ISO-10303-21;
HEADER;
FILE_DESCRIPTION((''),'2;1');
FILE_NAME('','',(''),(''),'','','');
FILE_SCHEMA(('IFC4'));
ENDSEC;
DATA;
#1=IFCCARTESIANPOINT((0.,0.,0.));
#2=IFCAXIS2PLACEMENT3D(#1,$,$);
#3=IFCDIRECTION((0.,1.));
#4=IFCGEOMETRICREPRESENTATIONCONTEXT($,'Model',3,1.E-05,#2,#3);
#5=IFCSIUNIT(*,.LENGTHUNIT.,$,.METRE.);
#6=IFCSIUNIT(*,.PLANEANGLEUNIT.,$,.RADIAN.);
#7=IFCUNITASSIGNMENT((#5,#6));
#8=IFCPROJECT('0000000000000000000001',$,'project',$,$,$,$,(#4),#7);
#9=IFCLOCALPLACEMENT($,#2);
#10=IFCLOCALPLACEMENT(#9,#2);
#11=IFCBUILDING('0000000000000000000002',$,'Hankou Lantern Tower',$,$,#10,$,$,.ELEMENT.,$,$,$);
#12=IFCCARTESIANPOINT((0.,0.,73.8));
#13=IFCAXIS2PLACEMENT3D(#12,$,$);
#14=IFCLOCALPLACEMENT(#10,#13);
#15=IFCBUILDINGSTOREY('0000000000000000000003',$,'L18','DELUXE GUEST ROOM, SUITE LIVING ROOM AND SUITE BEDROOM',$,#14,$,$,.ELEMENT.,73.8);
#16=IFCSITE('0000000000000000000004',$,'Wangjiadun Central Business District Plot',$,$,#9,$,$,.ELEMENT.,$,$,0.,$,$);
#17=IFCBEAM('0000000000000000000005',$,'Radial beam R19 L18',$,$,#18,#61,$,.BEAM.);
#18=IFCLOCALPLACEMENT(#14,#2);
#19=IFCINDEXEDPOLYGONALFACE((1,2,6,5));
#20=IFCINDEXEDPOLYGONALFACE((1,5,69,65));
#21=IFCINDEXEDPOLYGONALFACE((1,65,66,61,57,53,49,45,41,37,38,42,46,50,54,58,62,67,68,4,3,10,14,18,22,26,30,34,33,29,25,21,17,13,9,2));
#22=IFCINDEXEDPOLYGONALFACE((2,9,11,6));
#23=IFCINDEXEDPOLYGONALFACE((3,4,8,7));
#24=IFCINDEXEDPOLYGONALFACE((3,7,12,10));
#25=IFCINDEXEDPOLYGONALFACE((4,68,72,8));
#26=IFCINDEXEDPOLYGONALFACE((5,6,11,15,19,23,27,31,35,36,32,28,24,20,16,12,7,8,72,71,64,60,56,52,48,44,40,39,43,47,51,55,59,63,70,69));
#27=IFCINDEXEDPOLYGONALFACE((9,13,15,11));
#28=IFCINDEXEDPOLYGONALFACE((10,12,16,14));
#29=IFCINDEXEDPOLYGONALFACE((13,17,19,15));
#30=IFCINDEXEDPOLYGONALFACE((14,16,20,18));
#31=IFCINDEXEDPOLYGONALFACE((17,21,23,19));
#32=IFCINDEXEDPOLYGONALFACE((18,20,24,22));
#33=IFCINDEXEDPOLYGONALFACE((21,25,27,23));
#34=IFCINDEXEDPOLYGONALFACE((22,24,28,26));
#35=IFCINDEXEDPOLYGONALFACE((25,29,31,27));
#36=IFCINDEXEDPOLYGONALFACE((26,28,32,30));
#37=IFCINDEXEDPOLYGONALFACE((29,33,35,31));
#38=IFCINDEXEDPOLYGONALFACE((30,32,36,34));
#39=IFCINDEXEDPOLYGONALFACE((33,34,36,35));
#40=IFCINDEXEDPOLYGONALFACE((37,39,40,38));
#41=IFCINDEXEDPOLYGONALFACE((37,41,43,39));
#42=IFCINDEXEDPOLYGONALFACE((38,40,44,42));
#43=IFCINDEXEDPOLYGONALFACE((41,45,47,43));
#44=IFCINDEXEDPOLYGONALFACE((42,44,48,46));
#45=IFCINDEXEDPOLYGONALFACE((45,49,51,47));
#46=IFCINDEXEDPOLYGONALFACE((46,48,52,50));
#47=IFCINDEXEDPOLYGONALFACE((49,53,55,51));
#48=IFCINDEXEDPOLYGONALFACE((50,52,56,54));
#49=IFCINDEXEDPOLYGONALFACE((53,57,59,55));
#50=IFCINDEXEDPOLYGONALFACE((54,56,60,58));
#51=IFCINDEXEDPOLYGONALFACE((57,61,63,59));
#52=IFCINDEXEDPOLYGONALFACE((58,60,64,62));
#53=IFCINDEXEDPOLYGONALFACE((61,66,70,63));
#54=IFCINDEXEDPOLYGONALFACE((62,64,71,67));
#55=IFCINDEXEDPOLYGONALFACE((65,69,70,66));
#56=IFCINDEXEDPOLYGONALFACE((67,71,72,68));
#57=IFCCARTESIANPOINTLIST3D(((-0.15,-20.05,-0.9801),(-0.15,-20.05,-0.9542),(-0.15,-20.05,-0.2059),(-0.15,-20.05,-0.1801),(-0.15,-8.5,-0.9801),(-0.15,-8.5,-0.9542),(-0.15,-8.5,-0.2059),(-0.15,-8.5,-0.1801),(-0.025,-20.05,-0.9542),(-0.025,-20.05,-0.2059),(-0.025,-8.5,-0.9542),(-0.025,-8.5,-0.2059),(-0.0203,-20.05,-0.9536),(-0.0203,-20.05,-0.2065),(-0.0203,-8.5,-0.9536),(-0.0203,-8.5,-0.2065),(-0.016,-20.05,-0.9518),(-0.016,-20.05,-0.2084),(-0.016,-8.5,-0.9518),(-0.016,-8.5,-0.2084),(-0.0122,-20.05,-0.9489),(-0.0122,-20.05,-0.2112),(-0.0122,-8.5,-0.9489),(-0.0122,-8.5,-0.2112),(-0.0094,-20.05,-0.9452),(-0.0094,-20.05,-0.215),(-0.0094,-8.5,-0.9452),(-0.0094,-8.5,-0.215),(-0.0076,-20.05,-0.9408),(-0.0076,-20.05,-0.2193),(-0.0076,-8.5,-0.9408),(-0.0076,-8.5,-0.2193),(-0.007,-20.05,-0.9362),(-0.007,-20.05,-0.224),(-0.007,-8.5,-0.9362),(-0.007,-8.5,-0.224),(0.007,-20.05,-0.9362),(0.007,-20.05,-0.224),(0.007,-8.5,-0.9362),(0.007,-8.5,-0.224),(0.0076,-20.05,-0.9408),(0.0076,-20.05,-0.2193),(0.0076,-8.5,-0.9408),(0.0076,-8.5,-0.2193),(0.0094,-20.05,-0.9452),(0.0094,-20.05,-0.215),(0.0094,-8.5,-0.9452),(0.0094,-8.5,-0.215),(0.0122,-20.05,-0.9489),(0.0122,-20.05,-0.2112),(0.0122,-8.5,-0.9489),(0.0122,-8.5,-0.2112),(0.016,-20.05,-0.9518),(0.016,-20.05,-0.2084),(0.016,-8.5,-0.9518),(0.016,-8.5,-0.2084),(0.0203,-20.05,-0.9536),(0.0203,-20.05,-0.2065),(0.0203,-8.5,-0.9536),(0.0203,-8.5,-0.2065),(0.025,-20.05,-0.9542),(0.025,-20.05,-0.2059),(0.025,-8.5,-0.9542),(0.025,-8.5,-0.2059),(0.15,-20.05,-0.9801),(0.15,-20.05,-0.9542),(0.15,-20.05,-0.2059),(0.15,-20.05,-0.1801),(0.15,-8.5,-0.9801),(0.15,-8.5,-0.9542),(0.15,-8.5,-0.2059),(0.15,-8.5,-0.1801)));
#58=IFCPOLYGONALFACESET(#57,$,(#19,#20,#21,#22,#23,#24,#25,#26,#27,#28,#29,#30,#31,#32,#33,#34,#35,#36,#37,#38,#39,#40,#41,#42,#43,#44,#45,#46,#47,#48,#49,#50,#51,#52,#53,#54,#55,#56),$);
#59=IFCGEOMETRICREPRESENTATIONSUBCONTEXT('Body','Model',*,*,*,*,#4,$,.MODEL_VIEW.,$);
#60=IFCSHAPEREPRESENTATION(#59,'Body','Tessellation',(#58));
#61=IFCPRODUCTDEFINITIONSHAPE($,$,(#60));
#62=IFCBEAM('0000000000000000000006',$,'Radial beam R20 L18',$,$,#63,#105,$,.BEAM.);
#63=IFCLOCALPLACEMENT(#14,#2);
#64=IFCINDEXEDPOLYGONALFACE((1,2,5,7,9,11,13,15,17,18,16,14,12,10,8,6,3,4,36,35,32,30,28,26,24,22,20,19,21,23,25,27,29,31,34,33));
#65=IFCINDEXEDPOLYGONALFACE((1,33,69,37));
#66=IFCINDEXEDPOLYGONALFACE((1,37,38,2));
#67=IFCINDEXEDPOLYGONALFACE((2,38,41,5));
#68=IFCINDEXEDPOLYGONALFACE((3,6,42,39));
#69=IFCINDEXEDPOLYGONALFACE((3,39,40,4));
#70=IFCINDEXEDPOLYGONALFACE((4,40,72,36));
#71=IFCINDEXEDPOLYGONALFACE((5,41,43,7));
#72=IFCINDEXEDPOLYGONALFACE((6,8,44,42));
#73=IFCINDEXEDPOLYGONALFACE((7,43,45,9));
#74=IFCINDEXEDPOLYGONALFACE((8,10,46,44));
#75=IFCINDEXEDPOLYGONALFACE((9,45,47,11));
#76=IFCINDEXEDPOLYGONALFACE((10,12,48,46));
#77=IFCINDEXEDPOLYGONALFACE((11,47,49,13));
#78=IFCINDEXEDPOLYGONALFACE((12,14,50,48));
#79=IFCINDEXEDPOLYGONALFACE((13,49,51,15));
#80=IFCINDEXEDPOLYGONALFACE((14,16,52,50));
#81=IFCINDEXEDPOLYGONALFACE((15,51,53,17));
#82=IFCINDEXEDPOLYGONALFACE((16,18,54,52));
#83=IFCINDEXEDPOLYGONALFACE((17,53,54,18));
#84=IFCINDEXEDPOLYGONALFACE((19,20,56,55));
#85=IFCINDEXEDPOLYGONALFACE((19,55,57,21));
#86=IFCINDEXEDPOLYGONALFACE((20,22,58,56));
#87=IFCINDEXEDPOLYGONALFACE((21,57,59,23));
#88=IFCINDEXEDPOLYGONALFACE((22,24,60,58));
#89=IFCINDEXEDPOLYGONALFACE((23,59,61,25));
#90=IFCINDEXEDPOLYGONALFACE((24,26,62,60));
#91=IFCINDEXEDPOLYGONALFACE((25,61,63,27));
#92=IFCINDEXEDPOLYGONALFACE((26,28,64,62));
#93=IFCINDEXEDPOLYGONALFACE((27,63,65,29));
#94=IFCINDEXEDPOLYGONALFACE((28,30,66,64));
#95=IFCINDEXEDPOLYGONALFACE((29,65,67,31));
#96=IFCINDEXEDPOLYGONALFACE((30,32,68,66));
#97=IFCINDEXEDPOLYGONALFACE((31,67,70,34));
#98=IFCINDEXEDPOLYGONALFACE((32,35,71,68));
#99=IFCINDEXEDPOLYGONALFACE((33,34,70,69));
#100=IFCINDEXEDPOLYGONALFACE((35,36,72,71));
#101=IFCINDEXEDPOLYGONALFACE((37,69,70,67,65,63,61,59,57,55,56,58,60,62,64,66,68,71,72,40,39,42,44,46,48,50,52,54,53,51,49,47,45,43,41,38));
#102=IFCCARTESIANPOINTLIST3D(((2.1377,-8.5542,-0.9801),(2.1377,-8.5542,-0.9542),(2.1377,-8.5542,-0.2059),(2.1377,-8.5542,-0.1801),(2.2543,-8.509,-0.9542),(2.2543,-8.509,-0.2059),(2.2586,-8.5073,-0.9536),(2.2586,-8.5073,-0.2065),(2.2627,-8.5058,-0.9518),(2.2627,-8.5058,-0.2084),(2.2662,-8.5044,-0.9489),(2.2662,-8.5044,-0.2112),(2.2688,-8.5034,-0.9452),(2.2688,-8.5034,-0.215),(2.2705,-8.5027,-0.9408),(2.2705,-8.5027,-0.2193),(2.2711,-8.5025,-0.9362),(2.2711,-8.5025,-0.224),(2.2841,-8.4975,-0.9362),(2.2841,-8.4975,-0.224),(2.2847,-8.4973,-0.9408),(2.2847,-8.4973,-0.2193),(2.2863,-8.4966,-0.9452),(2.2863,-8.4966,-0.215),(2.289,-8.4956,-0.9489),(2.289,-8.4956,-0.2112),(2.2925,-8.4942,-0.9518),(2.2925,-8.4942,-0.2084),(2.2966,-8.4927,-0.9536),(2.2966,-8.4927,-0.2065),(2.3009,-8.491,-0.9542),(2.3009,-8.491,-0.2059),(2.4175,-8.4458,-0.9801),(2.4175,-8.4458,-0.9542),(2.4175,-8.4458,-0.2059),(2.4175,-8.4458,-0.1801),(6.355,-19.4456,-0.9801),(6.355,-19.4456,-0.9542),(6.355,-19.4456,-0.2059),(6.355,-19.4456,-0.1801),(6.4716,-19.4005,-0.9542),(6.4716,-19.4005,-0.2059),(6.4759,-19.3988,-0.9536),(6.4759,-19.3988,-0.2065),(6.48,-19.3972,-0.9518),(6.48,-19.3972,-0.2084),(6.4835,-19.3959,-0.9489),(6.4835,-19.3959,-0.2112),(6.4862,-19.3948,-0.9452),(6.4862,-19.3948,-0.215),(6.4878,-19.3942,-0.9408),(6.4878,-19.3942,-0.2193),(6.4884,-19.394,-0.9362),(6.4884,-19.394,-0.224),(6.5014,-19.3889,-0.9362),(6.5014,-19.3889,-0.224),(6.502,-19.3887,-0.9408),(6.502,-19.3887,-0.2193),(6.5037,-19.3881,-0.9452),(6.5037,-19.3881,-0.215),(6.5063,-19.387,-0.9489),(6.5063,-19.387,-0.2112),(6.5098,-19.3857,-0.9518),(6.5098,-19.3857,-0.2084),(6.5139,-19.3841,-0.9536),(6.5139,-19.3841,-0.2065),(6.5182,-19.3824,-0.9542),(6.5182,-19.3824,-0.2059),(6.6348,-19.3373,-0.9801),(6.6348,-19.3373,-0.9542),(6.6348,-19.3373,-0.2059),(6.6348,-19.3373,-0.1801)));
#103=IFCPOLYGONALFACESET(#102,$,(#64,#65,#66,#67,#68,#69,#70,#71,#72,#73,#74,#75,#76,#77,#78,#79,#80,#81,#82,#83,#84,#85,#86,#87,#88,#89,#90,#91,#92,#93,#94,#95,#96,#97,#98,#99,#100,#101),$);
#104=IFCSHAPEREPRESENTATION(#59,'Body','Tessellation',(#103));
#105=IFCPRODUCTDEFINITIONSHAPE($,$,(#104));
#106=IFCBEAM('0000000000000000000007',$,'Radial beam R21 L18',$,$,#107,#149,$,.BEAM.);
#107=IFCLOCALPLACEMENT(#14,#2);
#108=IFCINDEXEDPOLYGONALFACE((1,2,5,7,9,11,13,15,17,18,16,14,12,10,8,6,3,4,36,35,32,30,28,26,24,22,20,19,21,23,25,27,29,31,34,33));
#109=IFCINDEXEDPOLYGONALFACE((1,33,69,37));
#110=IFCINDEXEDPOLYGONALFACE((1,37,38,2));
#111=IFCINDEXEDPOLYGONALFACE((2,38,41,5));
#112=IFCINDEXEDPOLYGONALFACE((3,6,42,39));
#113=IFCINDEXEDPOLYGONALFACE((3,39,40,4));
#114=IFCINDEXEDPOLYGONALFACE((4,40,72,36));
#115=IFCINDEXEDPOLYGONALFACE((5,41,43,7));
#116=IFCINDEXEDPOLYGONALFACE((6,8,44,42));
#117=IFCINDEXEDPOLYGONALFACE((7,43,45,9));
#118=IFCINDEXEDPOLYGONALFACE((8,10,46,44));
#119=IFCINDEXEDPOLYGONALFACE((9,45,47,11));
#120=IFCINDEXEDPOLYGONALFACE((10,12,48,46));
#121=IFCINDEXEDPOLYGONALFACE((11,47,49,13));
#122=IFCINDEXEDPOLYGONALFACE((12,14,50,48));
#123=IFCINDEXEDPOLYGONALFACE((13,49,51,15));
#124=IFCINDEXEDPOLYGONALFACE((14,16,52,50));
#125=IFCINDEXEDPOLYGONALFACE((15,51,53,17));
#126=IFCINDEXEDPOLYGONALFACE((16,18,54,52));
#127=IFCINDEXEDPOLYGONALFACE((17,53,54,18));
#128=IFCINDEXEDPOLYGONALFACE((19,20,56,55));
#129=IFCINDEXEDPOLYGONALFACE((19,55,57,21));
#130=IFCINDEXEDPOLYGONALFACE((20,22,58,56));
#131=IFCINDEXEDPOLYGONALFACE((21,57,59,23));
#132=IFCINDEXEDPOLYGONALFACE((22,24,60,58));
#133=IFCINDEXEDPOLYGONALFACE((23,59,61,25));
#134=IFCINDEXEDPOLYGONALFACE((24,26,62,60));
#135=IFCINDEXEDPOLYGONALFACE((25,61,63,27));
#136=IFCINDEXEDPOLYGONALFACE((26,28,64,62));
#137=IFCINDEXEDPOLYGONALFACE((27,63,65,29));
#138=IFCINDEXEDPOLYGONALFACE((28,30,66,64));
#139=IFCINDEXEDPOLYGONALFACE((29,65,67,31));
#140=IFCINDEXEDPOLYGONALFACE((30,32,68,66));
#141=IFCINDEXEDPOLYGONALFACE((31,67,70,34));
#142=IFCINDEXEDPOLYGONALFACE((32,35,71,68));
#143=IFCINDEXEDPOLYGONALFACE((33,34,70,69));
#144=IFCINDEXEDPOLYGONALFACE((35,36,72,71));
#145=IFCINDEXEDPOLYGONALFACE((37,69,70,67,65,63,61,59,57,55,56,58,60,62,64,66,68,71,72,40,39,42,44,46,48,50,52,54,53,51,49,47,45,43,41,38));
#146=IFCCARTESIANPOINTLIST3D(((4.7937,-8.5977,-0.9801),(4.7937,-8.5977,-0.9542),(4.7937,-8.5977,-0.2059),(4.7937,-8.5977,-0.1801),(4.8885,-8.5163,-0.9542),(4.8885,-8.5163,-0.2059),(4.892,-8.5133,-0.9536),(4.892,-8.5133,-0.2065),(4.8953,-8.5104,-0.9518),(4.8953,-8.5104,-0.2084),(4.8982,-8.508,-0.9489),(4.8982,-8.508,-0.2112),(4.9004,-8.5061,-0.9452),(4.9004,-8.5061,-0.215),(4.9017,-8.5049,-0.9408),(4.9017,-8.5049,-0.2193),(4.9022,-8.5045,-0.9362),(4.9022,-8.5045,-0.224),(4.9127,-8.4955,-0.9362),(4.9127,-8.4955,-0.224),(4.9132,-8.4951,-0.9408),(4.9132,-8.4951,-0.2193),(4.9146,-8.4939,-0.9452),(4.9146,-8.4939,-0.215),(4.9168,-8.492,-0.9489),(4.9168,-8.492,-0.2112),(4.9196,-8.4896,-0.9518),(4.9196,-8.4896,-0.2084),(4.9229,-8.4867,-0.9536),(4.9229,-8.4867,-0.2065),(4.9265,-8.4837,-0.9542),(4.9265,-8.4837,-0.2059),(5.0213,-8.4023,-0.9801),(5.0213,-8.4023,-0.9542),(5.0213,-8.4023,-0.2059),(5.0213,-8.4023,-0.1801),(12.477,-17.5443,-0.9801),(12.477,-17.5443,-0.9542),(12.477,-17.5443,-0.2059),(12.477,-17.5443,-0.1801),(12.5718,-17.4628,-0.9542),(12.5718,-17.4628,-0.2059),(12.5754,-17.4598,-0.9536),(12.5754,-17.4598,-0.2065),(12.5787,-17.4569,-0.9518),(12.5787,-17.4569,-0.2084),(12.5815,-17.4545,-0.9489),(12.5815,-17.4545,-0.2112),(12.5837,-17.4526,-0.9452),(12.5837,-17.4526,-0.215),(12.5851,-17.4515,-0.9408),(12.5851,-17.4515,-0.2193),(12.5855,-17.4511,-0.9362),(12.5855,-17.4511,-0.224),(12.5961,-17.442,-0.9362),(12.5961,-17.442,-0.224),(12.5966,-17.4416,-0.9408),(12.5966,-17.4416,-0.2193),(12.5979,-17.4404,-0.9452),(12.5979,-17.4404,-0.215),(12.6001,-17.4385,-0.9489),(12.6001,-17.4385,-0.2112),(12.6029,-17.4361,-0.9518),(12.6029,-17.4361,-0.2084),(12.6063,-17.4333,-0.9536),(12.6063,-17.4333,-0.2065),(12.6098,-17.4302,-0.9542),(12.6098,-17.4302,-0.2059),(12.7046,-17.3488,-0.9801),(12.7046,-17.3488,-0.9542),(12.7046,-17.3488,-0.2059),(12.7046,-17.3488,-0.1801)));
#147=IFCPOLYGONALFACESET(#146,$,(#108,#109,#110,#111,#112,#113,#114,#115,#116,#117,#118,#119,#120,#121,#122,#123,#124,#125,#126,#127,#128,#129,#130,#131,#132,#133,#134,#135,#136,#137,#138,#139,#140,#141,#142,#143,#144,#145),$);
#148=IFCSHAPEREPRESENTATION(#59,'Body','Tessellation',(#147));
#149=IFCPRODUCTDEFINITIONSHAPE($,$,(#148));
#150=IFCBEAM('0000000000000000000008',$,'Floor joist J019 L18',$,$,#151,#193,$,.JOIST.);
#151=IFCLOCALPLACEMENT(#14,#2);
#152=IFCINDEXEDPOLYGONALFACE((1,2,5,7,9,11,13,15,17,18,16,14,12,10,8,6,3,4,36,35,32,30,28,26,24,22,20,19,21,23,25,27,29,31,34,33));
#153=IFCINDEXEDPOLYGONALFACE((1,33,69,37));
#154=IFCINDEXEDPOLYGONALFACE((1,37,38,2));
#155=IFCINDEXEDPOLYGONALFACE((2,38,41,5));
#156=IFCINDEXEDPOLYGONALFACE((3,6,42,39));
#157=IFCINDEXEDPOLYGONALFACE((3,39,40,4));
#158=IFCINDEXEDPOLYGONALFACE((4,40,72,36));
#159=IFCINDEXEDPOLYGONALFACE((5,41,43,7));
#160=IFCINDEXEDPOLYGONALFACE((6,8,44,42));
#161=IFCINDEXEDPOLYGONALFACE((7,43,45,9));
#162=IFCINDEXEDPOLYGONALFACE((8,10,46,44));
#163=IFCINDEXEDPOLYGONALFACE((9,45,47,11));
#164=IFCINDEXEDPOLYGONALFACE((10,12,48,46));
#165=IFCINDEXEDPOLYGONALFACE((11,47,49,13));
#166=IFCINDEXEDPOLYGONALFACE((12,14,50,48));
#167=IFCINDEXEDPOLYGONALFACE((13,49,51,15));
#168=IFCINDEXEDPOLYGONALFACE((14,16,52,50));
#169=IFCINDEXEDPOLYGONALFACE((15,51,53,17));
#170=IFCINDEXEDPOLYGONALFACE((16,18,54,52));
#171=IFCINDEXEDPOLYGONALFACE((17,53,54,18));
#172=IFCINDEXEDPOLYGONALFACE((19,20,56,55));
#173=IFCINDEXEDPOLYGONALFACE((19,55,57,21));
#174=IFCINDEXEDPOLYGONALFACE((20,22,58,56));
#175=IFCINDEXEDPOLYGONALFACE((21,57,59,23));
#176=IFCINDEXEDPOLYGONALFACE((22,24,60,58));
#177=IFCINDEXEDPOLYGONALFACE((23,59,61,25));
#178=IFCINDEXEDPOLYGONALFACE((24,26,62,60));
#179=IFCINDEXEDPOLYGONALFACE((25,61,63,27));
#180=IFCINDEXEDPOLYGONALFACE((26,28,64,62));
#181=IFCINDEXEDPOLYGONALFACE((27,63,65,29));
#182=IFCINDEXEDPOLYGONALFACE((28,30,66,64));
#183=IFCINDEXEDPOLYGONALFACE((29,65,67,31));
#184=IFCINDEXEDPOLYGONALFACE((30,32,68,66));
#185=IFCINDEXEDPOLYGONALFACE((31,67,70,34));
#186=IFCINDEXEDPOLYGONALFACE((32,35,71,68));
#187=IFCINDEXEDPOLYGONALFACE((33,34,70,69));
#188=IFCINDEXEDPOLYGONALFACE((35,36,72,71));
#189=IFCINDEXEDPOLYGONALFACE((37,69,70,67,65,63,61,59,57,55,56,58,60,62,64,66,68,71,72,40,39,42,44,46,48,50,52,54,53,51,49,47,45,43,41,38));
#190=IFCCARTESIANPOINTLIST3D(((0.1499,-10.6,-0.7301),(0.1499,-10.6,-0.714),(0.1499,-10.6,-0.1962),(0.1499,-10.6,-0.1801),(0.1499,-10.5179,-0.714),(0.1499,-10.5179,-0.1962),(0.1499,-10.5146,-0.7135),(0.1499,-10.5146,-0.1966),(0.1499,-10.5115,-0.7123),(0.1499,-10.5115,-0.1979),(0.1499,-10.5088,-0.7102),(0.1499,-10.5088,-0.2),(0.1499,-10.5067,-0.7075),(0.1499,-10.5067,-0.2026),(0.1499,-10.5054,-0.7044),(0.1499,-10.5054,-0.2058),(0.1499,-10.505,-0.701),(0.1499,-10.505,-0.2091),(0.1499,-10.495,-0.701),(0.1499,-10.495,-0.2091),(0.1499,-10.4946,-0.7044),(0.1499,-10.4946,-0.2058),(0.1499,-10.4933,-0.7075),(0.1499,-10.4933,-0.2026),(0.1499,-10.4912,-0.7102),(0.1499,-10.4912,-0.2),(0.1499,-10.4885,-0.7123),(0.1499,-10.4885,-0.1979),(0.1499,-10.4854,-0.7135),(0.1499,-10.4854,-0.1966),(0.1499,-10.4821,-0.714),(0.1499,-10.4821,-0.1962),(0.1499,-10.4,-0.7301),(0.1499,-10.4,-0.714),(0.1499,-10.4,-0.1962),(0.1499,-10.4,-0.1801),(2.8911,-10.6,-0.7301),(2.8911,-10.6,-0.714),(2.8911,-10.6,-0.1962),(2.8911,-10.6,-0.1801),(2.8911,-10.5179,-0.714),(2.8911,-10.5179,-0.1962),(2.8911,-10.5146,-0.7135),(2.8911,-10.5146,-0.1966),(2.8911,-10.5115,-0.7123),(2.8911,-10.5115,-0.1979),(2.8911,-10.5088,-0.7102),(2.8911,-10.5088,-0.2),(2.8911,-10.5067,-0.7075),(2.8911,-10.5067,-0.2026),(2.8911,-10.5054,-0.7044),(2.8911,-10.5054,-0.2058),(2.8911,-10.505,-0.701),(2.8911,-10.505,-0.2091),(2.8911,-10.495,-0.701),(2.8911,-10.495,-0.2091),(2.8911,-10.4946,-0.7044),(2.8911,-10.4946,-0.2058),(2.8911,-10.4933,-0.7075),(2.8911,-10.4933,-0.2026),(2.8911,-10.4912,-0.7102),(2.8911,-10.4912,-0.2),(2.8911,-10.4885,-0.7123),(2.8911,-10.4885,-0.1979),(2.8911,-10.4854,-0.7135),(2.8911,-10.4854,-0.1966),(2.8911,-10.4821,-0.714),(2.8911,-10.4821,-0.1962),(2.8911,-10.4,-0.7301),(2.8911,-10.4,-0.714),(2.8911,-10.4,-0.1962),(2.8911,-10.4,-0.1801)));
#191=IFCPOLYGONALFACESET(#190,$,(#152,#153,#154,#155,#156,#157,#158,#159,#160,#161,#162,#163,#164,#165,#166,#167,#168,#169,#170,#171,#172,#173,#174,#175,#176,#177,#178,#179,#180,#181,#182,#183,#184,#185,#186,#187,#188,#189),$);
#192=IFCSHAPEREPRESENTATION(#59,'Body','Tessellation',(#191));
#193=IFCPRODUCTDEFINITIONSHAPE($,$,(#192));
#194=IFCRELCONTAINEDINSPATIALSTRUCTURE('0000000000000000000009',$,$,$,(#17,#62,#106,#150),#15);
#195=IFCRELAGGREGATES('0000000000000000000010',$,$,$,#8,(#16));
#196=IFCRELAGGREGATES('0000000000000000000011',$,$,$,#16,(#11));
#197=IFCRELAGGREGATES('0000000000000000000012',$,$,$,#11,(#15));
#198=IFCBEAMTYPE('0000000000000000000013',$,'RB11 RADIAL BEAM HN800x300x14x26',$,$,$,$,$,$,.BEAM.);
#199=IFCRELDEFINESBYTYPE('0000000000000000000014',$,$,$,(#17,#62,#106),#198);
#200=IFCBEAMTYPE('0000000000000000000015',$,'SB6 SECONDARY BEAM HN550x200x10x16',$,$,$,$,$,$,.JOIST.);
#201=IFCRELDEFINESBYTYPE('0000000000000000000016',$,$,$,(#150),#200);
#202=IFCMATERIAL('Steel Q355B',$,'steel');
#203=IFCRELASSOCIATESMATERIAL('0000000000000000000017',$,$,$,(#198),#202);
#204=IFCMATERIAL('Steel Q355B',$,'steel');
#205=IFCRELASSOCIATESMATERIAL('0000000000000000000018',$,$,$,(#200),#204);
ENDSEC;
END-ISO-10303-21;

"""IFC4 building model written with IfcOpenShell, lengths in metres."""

from ifc_helpers import new_model, si_unit, direction, frame, origin, origin_2d, place, context, subcontext, project, spatial, i_section, extrude, material, material_profile, profile_set, type_object, element, save


model = new_model("IFC4")

# Units and contexts
model_context = context("Model", 3, precision=1e-05, world=origin(), true_north=direction((0.0, 1.0)))
body_context = subcontext(model_context, "Body", "Model", "MODEL_VIEW")
ifc_project = project(units=[si_unit("LENGTHUNIT", "METRE"), si_unit("PLANEANGLEUNIT", "RADIAN")], contexts=[model_context])

# Site, building, storey
site_placement = place(None, origin())
site = spatial("IfcSite", under=ifc_project, at=site_placement, Name="Wangjiadun Central Business District Plot", CompositionType="ELEMENT", RefElevation=0.0)
building_placement = place(site_placement, origin())
building = spatial("IfcBuilding", under=site, at=building_placement, Name="Hankou Lantern Tower", CompositionType="ELEMENT")
storey_placement = place(building_placement, frame((0.0, 0.0, 73.8)))
storey = spatial("IfcBuildingStorey", under=building, at=storey_placement, Name="L18", Description="DELUXE GUEST ROOM, SUITE LIVING ROOM AND SUITE BEDROOM", CompositionType="ELEMENT", Elevation=73.8)

# Beams
ifc_material_1 = material(Name="Steel Q355B", Category="steel")
ifc_material_profile_1 = material_profile(ifc_material_1, i_section(OverallWidth=0.3, OverallDepth=0.8, WebThickness=0.0139, FlangeThickness=0.0259, FilletRadius=0.0181, at=origin_2d()), Name="HN800x300x14x26")
ifc_profile_set_1 = profile_set([ifc_material_profile_1], Name="Steel Q355B")
beam_type_1 = type_object("IfcBeamType", Name="RB11 RADIAL BEAM HN800x300x14x26", PredefinedType="BEAM", material=ifc_profile_set_1)
beam_1_placement = place(storey_placement, frame((0.0, -8.5, -0.5801), z_axis=(0.0, -1.0, 0.0), x_axis=(1.0, 0.0, 0.0)))
element("IfcBeam", 1, at=beam_1_placement, inside=storey, type_object=beam_type_1, Name="Radial beam R19 L18", PredefinedType="BEAM", context=body_context, shape_type="SweptSolid", body=[
    extrude(i_section(OverallWidth=0.3, OverallDepth=0.8, WebThickness=0.0139, FlangeThickness=0.0259, FilletRadius=0.0181, at=origin_2d()), origin(), (0.0, 0.0, 1.0), 11.55),
])
beam_2_placement = place(storey_placement, frame((2.2776, -8.5, -0.5801), z_axis=(0.361089, -0.932531, 0.0), x_axis=(0.932531, 0.361089, 0.0)))
element("IfcBeam", 2, at=beam_2_placement, inside=storey, type_object=beam_type_1, Name="Radial beam R20 L18", PredefinedType="BEAM", context=body_context, shape_type="SweptSolid", body=[
    extrude(i_section(OverallWidth=0.3, OverallDepth=0.8, WebThickness=0.0139, FlangeThickness=0.0259, FilletRadius=0.0181, at=origin_2d()), origin(), (0.0, 0.0, 1.0), 11.6794),
])
beam_3_placement = place(storey_placement, frame((4.9075, -8.5, -0.5801), z_axis=(0.651519, -0.758632, 0.0), x_axis=(0.758632, 0.651519, 0.0)))
element("IfcBeam", 3, at=beam_3_placement, inside=storey, type_object=beam_type_1, Name="Radial beam R21 L18", PredefinedType="BEAM", context=body_context, shape_type="SweptSolid", body=[
    extrude(i_section(OverallWidth=0.3, OverallDepth=0.8, WebThickness=0.0139, FlangeThickness=0.0259, FilletRadius=0.0181, at=origin_2d()), origin(), (0.0, 0.0, 1.0), 11.793),
])
ifc_material_2 = material(Name="Steel Q355B", Category="steel")
ifc_material_profile_2 = material_profile(ifc_material_2, i_section(OverallWidth=0.2, OverallDepth=0.55, WebThickness=0.01, FlangeThickness=0.0161, FilletRadius=0.0129, at=origin_2d()), Name="HN550x200x10x16")
ifc_profile_set_2 = profile_set([ifc_material_profile_2], Name="Steel Q355B")
beam_type_2 = type_object("IfcBeamType", Name="SB6 SECONDARY BEAM HN550x200x10x16", PredefinedType="JOIST", material=ifc_profile_set_2)
beam_4_placement = place(storey_placement, frame((0.1499, -10.5, -0.4551), z_axis=(1.0, 0.0, 0.0), x_axis=(0.0, 1.0, 0.0)))
element("IfcBeam", 4, at=beam_4_placement, inside=storey, type_object=beam_type_2, Name="Floor joist J019 L18", PredefinedType="JOIST", context=body_context, shape_type="SweptSolid", body=[
    extrude(i_section(OverallWidth=0.2, OverallDepth=0.55, WebThickness=0.01, FlangeThickness=0.0161, FilletRadius=0.0129, at=origin_2d()), origin(), (0.0, 0.0, 1.0), 2.7412),
])

save(model, "model.ifc")
